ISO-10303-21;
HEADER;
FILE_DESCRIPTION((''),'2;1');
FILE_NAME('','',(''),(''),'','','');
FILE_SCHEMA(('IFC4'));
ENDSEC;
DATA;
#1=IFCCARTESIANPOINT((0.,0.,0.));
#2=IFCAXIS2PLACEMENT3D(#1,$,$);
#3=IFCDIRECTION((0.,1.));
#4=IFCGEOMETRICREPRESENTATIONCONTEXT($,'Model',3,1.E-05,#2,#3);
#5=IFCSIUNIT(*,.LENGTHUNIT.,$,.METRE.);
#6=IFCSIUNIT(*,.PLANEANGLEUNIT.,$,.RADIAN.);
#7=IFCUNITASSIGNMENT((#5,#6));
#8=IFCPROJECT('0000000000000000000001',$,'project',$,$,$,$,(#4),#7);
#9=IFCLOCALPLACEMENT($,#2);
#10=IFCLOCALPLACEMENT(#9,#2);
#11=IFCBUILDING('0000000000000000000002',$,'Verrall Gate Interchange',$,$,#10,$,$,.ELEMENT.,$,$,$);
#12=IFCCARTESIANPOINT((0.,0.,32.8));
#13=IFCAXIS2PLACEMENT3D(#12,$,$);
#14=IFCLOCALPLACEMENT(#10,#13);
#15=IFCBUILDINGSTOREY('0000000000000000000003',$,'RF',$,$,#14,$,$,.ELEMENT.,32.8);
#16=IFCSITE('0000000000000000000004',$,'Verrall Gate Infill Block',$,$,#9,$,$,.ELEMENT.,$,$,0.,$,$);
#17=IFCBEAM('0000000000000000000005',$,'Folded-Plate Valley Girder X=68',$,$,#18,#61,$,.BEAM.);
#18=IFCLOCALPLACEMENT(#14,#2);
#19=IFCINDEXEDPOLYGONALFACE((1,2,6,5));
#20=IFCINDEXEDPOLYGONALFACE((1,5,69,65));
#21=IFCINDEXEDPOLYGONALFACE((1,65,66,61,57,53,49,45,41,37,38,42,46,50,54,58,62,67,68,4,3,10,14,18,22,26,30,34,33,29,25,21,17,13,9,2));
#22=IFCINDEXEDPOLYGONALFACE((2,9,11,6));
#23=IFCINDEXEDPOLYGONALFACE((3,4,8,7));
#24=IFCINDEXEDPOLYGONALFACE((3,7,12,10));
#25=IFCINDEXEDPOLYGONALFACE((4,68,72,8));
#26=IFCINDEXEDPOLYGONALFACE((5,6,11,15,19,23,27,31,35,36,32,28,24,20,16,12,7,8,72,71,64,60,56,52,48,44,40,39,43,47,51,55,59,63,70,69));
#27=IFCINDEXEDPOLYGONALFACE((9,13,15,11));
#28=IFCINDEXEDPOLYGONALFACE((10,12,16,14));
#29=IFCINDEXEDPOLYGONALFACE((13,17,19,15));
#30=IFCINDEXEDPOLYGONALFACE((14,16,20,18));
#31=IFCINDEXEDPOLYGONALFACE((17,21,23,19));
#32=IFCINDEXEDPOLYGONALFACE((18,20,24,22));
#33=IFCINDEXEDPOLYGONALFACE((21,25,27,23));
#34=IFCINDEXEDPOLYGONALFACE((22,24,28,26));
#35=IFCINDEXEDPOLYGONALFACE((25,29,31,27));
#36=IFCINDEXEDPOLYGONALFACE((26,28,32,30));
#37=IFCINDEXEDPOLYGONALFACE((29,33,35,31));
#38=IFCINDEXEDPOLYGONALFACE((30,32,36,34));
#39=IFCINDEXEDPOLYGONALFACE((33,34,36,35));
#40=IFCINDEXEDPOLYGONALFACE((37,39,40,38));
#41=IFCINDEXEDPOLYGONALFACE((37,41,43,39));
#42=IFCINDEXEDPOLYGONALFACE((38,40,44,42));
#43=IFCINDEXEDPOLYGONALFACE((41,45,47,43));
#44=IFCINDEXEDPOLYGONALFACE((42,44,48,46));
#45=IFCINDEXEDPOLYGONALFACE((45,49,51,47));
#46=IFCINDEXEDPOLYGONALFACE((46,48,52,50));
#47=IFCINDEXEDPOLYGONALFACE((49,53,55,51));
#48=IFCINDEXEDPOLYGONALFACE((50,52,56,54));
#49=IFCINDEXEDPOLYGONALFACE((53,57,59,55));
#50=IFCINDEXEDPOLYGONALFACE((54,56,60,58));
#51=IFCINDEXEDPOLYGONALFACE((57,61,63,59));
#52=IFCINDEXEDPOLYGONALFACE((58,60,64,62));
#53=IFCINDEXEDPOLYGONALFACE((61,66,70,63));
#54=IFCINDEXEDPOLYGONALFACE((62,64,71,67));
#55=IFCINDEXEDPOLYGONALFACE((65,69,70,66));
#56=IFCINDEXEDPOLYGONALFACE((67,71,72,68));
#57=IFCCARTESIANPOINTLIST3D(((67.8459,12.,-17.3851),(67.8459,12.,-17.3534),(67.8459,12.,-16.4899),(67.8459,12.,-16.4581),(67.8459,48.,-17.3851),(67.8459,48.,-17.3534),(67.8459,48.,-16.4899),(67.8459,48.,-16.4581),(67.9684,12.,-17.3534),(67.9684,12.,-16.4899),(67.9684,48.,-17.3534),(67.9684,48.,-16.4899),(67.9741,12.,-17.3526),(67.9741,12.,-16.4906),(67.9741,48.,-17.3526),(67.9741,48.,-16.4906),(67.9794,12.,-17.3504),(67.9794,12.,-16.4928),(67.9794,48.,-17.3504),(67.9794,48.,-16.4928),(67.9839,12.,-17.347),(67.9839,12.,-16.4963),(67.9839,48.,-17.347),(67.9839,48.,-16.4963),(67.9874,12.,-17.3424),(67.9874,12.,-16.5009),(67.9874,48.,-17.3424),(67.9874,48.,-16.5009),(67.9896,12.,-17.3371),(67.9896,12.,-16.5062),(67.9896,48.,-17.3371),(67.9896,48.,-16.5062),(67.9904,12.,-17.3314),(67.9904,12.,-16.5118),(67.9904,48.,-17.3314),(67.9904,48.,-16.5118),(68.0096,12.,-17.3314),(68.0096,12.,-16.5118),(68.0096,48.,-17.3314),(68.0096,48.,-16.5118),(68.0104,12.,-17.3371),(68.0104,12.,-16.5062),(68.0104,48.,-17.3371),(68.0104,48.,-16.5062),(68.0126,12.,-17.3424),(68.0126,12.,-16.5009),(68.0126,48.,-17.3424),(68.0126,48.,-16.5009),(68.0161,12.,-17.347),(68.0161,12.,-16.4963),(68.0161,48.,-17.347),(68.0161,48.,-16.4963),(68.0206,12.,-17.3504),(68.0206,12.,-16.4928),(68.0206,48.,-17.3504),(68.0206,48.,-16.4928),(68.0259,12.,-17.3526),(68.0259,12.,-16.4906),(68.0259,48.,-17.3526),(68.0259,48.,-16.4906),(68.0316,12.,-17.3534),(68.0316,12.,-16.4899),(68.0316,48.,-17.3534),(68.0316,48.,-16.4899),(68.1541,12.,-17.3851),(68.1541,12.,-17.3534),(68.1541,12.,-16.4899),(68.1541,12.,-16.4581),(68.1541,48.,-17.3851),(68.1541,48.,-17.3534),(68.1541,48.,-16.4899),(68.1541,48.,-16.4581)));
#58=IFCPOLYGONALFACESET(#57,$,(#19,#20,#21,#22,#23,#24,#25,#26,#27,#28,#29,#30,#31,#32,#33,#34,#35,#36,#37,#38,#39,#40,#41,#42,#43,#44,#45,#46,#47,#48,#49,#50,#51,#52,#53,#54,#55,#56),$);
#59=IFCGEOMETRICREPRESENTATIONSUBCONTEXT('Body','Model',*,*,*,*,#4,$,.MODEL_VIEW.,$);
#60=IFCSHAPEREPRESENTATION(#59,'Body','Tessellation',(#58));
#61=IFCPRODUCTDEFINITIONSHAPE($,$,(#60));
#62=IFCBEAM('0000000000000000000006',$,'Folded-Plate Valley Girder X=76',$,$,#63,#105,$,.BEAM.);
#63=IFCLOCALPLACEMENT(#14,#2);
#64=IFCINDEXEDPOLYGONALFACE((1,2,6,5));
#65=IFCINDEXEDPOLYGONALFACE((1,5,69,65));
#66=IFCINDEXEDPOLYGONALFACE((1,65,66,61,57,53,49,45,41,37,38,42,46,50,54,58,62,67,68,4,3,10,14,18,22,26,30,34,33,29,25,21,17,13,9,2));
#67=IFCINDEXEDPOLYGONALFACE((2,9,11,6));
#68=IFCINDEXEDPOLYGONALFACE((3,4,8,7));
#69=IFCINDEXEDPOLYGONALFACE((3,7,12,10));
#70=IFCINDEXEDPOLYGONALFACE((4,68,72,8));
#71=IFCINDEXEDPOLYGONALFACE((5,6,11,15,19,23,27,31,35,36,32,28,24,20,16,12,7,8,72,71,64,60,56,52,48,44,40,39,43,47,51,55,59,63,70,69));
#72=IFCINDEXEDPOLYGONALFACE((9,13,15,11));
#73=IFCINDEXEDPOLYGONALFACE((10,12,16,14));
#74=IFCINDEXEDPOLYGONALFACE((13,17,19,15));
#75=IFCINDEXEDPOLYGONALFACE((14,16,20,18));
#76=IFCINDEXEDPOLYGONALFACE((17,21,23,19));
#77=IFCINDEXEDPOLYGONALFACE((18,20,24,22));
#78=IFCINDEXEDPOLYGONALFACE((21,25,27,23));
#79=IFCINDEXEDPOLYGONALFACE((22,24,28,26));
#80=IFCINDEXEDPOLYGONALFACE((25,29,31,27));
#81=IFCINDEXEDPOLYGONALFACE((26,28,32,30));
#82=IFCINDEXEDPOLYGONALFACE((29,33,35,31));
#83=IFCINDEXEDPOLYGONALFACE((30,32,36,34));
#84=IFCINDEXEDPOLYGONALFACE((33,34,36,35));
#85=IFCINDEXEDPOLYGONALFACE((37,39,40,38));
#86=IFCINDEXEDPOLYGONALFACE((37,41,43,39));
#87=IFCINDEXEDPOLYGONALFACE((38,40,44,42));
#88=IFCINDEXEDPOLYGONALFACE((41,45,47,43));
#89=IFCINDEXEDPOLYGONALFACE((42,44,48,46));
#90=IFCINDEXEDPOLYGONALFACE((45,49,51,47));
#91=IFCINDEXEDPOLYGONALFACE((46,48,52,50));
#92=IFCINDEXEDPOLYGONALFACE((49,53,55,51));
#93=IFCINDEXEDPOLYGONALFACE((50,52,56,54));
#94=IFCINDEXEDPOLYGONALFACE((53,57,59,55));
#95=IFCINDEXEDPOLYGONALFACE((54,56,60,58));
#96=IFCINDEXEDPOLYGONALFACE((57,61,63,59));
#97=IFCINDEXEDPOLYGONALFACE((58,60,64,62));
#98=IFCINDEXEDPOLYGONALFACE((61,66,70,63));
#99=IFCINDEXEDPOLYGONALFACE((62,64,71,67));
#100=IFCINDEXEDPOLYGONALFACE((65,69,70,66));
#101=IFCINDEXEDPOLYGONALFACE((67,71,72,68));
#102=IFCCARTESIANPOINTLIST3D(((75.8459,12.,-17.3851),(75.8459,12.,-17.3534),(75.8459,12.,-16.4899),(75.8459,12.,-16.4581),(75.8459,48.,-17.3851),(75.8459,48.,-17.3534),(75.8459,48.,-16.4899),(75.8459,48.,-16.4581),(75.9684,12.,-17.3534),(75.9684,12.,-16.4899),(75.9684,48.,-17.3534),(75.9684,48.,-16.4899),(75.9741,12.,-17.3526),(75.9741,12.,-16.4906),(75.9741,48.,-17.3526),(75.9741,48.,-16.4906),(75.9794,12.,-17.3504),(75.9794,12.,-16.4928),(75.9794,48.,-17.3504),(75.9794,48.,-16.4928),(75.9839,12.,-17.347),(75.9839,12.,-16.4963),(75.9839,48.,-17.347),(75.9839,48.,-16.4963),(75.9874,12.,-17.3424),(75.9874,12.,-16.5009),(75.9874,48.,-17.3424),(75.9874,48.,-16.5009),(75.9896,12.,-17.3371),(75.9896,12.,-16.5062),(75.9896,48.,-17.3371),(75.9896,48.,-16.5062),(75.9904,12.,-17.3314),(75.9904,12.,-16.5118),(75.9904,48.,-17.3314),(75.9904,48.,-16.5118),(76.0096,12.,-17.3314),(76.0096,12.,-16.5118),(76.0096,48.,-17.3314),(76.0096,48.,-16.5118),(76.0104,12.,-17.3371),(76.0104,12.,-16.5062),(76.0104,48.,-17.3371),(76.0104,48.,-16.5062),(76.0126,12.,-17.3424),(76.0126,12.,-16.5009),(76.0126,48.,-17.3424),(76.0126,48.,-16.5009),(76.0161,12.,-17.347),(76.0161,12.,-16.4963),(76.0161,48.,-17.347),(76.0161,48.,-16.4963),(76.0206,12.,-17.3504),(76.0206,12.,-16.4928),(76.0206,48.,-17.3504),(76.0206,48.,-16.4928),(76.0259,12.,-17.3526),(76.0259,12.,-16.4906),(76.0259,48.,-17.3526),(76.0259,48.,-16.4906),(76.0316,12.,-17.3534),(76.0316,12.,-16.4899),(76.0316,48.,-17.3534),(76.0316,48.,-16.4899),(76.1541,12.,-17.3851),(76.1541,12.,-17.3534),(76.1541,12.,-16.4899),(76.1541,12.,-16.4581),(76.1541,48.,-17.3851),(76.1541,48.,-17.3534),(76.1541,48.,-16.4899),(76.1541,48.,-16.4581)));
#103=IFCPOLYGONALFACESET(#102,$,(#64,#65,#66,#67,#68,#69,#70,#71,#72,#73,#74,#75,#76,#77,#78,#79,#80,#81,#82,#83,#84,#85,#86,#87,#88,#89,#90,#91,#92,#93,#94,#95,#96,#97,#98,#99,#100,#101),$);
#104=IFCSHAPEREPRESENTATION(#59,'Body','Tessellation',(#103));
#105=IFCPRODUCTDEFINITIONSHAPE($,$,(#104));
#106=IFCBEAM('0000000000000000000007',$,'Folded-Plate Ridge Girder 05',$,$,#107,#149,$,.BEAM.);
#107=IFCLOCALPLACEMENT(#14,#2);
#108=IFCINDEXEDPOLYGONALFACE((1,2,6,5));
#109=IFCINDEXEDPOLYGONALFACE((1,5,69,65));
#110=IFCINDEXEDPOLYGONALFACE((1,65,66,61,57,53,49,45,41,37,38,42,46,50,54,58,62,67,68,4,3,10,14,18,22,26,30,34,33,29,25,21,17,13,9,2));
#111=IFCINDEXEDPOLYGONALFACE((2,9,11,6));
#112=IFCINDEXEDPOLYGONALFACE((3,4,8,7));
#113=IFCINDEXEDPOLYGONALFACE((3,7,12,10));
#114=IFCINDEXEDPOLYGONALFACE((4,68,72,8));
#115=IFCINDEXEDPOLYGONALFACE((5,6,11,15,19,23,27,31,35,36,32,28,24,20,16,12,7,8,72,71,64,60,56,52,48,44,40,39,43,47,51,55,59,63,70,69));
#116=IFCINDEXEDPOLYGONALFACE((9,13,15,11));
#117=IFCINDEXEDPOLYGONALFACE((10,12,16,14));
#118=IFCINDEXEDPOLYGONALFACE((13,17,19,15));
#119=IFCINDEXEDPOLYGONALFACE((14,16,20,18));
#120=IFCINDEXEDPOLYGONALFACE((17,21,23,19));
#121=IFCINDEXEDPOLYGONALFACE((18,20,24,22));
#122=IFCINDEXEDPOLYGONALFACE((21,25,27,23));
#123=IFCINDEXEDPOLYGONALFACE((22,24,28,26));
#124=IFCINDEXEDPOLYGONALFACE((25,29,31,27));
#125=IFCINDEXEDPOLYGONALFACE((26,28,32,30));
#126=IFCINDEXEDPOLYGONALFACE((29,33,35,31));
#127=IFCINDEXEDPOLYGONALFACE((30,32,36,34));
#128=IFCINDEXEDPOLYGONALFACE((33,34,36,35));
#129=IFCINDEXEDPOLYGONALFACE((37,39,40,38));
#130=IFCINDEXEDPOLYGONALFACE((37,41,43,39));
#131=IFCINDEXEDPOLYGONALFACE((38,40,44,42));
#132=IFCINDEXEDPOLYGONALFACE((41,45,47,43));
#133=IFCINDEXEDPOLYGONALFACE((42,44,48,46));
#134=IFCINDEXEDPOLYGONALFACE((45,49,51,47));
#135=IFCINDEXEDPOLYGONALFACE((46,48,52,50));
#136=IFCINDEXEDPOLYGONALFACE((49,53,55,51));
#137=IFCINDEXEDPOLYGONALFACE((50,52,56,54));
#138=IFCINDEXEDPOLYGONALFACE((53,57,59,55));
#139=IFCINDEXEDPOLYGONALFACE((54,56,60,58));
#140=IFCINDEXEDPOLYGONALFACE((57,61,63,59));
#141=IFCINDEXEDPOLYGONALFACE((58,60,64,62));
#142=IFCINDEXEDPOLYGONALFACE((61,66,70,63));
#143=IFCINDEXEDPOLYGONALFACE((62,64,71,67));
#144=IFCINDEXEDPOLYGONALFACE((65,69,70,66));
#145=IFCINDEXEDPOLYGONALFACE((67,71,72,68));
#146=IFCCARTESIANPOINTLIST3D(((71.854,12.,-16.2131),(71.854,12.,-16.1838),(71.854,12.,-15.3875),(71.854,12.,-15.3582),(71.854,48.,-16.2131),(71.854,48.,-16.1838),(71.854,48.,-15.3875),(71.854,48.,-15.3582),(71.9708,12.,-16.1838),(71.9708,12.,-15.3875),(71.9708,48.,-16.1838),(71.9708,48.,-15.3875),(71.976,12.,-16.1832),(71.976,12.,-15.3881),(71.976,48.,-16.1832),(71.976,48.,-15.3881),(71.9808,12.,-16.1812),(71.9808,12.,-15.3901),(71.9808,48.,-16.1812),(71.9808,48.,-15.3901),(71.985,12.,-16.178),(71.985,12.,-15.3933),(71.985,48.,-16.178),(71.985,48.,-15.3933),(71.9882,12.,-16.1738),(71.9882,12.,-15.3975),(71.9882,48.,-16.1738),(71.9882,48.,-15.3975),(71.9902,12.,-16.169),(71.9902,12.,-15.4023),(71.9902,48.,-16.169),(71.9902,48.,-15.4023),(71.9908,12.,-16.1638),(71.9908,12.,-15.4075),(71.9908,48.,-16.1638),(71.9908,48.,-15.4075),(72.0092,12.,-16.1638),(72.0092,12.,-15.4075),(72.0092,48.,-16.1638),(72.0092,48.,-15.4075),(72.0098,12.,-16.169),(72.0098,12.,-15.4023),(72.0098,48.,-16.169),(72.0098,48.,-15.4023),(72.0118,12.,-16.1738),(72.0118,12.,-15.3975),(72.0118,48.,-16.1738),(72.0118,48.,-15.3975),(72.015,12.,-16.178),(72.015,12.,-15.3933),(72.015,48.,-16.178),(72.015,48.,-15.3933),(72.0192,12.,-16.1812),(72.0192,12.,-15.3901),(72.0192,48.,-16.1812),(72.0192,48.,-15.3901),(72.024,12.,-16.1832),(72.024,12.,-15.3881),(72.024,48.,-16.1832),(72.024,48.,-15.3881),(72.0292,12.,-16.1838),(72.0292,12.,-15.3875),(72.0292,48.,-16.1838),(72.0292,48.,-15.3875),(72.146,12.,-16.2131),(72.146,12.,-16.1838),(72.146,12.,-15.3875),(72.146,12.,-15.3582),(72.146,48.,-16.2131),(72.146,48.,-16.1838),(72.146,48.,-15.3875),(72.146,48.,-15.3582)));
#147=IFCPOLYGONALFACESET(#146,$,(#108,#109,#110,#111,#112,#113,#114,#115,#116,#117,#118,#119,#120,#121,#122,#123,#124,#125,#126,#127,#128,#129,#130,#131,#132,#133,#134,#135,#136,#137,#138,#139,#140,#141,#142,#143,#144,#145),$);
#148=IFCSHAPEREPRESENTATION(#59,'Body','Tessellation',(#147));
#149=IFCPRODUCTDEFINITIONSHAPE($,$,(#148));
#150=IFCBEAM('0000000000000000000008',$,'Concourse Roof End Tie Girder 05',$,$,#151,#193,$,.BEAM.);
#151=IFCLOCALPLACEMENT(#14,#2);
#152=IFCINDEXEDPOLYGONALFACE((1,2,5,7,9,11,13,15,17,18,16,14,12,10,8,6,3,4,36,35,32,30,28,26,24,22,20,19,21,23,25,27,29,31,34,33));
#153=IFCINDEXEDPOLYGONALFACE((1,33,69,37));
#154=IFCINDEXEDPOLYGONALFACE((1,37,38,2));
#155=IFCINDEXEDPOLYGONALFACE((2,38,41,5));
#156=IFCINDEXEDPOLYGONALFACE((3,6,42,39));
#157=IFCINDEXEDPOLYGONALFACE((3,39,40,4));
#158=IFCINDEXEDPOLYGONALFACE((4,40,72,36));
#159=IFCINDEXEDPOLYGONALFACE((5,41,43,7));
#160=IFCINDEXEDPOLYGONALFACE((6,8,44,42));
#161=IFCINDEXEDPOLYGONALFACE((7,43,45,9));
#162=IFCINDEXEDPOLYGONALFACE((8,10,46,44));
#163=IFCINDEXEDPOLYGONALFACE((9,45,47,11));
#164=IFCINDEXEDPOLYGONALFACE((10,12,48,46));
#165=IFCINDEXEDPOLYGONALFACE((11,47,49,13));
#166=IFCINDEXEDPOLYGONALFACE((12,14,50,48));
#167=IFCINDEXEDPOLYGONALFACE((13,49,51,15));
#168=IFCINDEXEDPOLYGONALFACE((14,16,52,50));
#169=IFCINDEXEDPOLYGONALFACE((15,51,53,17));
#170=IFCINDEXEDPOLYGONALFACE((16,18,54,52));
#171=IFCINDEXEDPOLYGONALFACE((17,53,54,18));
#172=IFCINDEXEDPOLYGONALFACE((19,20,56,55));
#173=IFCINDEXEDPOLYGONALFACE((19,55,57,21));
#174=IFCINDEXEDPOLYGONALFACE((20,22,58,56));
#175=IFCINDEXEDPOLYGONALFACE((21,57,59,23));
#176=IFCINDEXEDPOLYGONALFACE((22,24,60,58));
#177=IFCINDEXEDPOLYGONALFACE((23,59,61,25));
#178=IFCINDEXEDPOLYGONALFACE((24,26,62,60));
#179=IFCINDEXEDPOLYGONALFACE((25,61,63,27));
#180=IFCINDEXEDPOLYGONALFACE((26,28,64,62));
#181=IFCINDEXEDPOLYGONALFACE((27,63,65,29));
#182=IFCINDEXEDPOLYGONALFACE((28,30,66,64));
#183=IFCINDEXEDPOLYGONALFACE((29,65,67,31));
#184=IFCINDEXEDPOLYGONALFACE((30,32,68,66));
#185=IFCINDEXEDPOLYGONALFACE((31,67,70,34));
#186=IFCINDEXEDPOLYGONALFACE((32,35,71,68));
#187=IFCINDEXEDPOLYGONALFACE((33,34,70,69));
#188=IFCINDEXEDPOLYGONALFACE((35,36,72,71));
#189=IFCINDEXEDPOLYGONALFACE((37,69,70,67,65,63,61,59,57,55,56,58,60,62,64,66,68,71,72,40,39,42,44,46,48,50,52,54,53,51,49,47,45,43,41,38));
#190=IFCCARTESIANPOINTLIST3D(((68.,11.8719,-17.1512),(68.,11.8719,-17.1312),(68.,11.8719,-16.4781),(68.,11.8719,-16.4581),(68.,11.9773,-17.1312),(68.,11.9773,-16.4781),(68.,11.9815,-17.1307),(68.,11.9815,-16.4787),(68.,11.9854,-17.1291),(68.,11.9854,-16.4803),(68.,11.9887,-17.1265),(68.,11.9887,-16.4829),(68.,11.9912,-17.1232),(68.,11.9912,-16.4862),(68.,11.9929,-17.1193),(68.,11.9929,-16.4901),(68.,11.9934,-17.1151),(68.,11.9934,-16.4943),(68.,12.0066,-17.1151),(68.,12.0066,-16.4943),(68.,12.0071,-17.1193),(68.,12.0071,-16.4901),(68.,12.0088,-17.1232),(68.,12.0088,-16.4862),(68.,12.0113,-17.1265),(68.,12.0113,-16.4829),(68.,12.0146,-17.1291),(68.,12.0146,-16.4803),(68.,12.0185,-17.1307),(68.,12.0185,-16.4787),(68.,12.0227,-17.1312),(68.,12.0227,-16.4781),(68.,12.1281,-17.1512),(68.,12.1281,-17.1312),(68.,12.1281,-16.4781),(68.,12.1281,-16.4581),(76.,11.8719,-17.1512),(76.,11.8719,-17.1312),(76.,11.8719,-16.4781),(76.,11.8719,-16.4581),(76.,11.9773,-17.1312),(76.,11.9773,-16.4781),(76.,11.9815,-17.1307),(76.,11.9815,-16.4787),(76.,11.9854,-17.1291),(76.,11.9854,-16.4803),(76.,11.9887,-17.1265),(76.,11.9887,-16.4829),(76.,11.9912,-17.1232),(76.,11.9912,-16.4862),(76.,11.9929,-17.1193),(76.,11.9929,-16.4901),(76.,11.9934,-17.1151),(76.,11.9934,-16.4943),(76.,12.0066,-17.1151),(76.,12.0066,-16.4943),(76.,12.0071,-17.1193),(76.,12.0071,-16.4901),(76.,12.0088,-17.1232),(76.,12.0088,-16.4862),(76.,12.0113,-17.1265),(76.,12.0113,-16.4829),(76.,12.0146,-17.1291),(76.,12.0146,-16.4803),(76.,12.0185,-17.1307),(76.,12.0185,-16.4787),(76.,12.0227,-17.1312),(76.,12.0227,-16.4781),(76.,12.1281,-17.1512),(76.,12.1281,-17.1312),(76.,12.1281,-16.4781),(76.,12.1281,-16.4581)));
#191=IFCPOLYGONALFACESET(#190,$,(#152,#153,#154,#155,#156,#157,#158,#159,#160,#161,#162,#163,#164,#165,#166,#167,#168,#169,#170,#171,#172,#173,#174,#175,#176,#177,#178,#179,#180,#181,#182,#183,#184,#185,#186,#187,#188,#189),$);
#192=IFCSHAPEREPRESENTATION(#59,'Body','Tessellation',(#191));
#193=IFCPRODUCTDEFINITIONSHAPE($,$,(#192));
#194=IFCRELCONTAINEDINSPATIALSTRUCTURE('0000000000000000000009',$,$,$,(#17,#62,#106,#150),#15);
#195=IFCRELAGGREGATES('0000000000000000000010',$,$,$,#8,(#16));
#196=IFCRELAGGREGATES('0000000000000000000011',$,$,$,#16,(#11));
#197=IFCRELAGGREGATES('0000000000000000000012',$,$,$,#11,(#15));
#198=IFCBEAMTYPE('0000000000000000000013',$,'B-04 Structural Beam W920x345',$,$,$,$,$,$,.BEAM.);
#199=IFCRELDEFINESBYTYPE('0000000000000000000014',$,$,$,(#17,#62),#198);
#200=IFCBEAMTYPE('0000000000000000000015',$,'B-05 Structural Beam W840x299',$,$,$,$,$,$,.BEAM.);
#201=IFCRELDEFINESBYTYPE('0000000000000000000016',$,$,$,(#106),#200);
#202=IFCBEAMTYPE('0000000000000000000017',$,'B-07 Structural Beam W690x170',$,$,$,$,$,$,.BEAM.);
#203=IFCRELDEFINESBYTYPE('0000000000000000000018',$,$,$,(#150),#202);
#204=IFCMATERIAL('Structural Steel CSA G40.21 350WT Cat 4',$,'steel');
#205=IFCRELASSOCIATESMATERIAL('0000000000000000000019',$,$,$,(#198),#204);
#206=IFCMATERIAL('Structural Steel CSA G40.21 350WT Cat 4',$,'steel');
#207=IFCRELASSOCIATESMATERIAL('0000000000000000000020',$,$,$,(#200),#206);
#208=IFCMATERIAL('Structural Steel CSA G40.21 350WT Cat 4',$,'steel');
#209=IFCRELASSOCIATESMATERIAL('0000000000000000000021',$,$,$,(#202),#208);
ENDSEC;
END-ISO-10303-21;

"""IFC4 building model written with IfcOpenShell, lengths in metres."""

from ifc_helpers import new_model, si_unit, direction, frame, origin, origin_2d, place, context, subcontext, project, spatial, i_section, extrude, material, material_profile, profile_set, type_object, element, save


model = new_model("IFC4")

# Units and contexts
model_context = context("Model", 3, precision=1e-05, world=origin(), true_north=direction((0.0, 1.0)))
body_context = subcontext(model_context, "Body", "Model", "MODEL_VIEW")
ifc_project = project(units=[si_unit("LENGTHUNIT", "METRE"), si_unit("PLANEANGLEUNIT", "RADIAN")], contexts=[model_context])

# Site, building, storey
site_placement = place(None, origin())
site = spatial("IfcSite", under=ifc_project, at=site_placement, Name="Verrall Gate Infill Block", CompositionType="ELEMENT", RefElevation=0.0)
building_placement = place(site_placement, origin())
building = spatial("IfcBuilding", under=site, at=building_placement, Name="Verrall Gate Interchange", CompositionType="ELEMENT")
storey_placement = place(building_placement, frame((0.0, 0.0, 32.8)))
storey = spatial("IfcBuildingStorey", under=building, at=storey_placement, Name="RF", CompositionType="ELEMENT", Elevation=32.8)

# Beams
ifc_material_1 = material(Name="Structural Steel CSA G40.21 350WT Cat 4", Category="steel")
ifc_material_profile_1 = material_profile(ifc_material_1, i_section(OverallWidth=0.3081, OverallDepth=0.927, WebThickness=0.0193, FlangeThickness=0.0317, FilletRadius=0.022, at=origin_2d()), Name="W920x345")
ifc_profile_set_1 = profile_set([ifc_material_profile_1], Name="Structural Steel CSA G40.21 350WT Cat 4")
beam_type_1 = type_object("IfcBeamType", Name="B-04 Structural Beam W920x345", PredefinedType="BEAM", material=ifc_profile_set_1)
for number, where, z_axis, x_axis, name in (
    (1, (68.0, 12.0, -16.9216), (0.0, 1.0, 0.0), (-1.0, 0.0, 0.0), "Folded-Plate Valley Girder X=68"),
    (2, (76.0, 12.0, -16.9216), (0.0, 1.0, 0.0), (-1.0, 0.0, 0.0), "Folded-Plate Valley Girder X=76"),
):
    element("IfcBeam", number, at=place(storey_placement, frame(where, z_axis=z_axis, x_axis=x_axis)), inside=storey, type_object=beam_type_1, Name=name, PredefinedType="BEAM", context=body_context, shape_type="SweptSolid", body=[
        extrude(i_section(OverallWidth=0.3081, OverallDepth=0.927, WebThickness=0.0193, FlangeThickness=0.0317, FilletRadius=0.022, at=origin_2d()), origin(), (0.0, 0.0, 1.0), 36.0),
    ])
ifc_material_2 = material(Name="Structural Steel CSA G40.21 350WT Cat 4", Category="steel")
ifc_material_profile_2 = material_profile(ifc_material_2, i_section(OverallWidth=0.292, OverallDepth=0.855, WebThickness=0.0183, FlangeThickness=0.0293, FilletRadius=0.02, at=origin_2d()), Name="W840x299")
ifc_profile_set_2 = profile_set([ifc_material_profile_2], Name="Structural Steel CSA G40.21 350WT Cat 4")
beam_type_2 = type_object("IfcBeamType", Name="B-05 Structural Beam W840x299", PredefinedType="BEAM", material=ifc_profile_set_2)
beam_placement = place(storey_placement, frame((72.0, 12.0, -15.7856), z_axis=(0.0, 1.0, 0.0), x_axis=(-1.0, 0.0, 0.0)))
element("IfcBeam", 3, at=beam_placement, inside=storey, type_object=beam_type_2, Name="Folded-Plate Ridge Girder 05", PredefinedType="BEAM", context=body_context, shape_type="SweptSolid", body=[
    extrude(i_section(OverallWidth=0.292, OverallDepth=0.855, WebThickness=0.0183, FlangeThickness=0.0293, FilletRadius=0.02, at=origin_2d()), origin(), (0.0, 0.0, 1.0), 36.0),
])
ifc_material_3 = material(Name="Structural Steel CSA G40.21 350WT Cat 4", Category="steel")
ifc_material_profile_3 = material_profile(ifc_material_3, i_section(OverallWidth=0.2561, OverallDepth=0.6931, WebThickness=0.0132, FlangeThickness=0.02, FilletRadius=0.0161, at=origin_2d()), Name="W690x170")
ifc_profile_set_3 = profile_set([ifc_material_profile_3], Name="Structural Steel CSA G40.21 350WT Cat 4")
beam_type_3 = type_object("IfcBeamType", Name="B-07 Structural Beam W690x170", PredefinedType="BEAM", material=ifc_profile_set_3)
for number, where, z_axis, x_axis, name in (
    (4, (68.0, 12.0, -16.8047), (1.0, 0.0, 0.0), (0.0, 1.0, 0.0), "Concourse Roof End Tie Girder 05"),
):
    element("IfcBeam", number, at=place(storey_placement, frame(where, z_axis=z_axis, x_axis=x_axis)), inside=storey, type_object=beam_type_3, Name=name, PredefinedType="BEAM", context=body_context, shape_type="SweptSolid", body=[
        extrude(i_section(OverallWidth=0.2561, OverallDepth=0.6931, WebThickness=0.0132, FlangeThickness=0.02, FilletRadius=0.0161, at=origin_2d()), origin(), (0.0, 0.0, 1.0), 8.0),
    ])

save(model, "model.ifc")
